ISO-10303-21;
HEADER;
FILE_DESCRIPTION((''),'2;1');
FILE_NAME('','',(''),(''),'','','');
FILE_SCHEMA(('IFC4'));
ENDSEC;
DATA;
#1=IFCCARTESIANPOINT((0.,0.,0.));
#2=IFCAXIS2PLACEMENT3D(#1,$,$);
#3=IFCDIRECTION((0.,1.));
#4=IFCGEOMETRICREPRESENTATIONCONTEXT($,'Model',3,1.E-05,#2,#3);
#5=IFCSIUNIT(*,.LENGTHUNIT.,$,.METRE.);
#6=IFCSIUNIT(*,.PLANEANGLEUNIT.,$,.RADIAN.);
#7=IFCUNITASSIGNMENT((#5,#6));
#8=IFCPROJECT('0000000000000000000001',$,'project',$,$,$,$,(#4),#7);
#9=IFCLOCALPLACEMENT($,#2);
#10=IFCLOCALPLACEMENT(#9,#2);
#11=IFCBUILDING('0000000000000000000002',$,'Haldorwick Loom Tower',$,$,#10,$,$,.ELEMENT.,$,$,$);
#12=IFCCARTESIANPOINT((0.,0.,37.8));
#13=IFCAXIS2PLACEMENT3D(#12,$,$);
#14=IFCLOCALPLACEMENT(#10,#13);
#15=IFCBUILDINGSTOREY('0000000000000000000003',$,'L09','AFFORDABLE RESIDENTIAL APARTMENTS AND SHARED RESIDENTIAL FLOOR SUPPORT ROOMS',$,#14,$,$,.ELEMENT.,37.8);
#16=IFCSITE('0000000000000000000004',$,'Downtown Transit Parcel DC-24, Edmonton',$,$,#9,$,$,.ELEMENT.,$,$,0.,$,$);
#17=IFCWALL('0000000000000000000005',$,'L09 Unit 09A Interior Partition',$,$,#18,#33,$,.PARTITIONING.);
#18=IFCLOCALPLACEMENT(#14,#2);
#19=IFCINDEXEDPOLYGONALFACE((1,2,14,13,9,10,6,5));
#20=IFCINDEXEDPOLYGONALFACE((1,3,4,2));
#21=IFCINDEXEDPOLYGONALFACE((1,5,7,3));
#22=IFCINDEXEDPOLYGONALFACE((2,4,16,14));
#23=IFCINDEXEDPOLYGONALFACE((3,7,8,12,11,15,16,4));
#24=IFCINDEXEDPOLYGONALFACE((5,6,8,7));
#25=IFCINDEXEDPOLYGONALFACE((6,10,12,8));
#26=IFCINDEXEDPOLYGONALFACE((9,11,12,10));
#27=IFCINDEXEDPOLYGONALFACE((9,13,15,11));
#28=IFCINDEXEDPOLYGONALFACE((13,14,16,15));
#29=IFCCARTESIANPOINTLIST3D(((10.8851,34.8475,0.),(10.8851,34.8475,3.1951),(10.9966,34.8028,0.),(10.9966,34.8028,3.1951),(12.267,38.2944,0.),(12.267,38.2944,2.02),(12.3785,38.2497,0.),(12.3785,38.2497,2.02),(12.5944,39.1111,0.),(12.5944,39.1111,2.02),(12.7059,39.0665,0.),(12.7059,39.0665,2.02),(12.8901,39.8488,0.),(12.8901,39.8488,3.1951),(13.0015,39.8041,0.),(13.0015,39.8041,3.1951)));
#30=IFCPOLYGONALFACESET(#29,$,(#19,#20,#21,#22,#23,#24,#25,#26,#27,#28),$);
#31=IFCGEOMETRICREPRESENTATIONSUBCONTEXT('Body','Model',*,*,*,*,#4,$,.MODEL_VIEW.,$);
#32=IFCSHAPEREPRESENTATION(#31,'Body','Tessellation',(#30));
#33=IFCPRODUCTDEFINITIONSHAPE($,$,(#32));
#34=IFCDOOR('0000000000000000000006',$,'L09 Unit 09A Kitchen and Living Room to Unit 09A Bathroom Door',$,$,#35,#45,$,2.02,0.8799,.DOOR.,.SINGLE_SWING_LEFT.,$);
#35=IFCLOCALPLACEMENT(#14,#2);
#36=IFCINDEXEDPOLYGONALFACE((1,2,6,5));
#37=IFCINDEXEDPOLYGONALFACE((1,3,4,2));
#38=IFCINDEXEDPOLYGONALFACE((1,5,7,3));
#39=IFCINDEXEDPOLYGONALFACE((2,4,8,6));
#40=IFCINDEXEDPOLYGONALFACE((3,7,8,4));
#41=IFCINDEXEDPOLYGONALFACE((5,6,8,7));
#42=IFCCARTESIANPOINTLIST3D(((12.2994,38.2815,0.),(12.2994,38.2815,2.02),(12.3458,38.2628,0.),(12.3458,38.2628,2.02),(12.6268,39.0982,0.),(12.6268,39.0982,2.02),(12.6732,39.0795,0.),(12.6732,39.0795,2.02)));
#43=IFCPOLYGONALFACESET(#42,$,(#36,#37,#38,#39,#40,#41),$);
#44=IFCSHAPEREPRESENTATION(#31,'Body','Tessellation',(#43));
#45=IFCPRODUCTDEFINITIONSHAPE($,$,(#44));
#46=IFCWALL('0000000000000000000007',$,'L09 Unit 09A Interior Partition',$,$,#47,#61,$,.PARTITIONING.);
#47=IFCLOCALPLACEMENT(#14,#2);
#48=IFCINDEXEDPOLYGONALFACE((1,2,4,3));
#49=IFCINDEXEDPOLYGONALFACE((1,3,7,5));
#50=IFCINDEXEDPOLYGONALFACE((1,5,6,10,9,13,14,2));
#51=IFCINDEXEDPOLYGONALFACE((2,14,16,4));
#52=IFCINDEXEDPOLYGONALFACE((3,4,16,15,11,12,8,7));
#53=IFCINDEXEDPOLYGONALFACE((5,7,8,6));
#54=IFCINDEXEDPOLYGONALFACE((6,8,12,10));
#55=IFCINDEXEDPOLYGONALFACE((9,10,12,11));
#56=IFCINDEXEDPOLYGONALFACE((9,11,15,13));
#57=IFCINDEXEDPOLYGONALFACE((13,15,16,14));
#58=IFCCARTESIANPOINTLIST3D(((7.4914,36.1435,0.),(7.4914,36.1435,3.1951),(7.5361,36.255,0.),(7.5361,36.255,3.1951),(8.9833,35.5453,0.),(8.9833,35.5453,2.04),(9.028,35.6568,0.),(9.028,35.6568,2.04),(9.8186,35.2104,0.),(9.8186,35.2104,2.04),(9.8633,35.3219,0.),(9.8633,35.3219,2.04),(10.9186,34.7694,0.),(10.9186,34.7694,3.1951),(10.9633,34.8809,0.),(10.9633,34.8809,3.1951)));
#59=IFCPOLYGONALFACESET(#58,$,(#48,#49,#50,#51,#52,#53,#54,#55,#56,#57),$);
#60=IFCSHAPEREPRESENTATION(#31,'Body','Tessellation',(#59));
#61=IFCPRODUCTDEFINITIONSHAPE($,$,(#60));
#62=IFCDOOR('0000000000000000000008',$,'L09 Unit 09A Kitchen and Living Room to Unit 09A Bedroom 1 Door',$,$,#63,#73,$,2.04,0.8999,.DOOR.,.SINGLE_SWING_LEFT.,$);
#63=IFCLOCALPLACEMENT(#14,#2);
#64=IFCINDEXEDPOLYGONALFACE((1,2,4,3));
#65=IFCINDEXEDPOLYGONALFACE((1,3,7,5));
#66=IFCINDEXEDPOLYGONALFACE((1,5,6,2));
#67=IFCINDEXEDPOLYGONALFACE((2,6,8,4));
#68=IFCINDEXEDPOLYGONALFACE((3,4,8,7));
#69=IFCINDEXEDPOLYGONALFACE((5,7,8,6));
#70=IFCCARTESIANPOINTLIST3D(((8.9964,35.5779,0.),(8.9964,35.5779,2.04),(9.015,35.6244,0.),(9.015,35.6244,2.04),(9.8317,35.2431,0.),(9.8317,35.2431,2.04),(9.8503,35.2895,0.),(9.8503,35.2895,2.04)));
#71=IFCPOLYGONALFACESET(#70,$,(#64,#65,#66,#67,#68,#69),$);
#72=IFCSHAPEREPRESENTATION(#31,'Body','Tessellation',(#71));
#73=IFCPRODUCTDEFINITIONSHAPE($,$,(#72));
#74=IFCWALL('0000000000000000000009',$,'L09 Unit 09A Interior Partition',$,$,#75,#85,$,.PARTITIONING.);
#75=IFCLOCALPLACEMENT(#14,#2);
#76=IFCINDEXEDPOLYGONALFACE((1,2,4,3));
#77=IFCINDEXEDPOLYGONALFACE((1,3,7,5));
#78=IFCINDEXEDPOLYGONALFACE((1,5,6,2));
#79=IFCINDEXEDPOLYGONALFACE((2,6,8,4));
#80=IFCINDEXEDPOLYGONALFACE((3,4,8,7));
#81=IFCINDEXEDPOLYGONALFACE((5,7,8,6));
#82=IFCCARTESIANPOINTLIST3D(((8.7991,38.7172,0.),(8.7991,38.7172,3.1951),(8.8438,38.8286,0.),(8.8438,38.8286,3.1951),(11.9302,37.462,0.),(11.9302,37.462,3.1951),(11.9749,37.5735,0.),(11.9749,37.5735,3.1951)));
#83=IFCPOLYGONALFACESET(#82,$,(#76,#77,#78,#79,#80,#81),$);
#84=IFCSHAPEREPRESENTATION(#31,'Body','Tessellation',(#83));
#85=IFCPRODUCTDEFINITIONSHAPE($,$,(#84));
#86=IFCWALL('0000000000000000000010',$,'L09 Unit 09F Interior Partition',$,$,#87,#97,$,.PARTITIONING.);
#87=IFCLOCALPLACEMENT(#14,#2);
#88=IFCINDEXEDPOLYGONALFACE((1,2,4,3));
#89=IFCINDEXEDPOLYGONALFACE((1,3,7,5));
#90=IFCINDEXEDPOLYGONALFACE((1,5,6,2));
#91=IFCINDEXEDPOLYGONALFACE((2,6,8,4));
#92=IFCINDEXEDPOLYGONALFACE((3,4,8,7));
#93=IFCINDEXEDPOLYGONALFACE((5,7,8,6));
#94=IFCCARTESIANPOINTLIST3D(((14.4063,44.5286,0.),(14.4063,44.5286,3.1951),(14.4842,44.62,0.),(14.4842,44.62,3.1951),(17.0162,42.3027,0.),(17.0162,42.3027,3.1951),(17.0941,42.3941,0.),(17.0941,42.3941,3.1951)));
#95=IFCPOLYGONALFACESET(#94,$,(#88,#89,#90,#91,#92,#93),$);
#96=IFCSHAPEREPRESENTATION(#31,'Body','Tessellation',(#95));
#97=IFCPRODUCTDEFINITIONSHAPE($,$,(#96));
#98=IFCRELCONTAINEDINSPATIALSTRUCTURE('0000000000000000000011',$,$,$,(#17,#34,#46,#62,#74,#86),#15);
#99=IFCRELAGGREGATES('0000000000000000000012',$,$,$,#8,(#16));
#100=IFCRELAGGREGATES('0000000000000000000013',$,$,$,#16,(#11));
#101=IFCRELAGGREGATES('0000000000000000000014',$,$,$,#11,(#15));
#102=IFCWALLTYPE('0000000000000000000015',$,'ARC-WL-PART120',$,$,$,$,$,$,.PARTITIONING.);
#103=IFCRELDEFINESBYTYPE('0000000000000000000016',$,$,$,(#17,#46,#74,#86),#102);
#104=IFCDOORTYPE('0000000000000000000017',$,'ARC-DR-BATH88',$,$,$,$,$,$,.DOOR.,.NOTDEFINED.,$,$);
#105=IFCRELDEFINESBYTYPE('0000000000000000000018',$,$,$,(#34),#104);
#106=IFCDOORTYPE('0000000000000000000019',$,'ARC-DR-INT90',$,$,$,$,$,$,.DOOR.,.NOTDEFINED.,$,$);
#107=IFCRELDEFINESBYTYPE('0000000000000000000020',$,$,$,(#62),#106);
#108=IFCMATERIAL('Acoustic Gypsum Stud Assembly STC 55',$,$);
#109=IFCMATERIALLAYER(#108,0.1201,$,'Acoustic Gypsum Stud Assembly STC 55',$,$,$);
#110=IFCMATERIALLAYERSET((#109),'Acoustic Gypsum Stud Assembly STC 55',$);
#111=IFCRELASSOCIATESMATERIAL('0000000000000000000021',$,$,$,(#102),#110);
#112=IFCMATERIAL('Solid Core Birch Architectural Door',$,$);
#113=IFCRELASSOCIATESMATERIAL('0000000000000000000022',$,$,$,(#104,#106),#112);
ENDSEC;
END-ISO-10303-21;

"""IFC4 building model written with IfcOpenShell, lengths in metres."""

from ifc_helpers import new_model, si_unit, direction, frame, frame_2d, origin, place, context, subcontext, project, spatial, rectangle, extrude, material, layer, layer_set, type_object, element, fill, save


model = new_model("IFC4")

# Units and contexts
model_context = context("Model", 3, precision=1e-05, world=origin(), true_north=direction((0.0, 1.0)))
body_context = subcontext(model_context, "Body", "Model", "MODEL_VIEW")
ifc_project = project(units=[si_unit("LENGTHUNIT", "METRE"), si_unit("PLANEANGLEUNIT", "RADIAN")], contexts=[model_context])

# Site, building, storey
site_placement = place(None, origin())
site = spatial("IfcSite", under=ifc_project, at=site_placement, Name="Downtown Transit Parcel DC-24, Edmonton", CompositionType="ELEMENT", RefElevation=0.0)
building_placement = place(site_placement, origin())
building = spatial("IfcBuilding", under=site, at=building_placement, Name="Haldorwick Loom Tower", CompositionType="ELEMENT")
storey_placement = place(building_placement, frame((0.0, 0.0, 37.8)))
storey = spatial("IfcBuildingStorey", under=building, at=storey_placement, Name="L09", Description="AFFORDABLE RESIDENTIAL APARTMENTS AND SHARED RESIDENTIAL FLOOR SUPPORT ROOMS", CompositionType="ELEMENT", Elevation=37.8)

# Shared definitions
ifc_material_1 = material(Name="Acoustic Gypsum Stud Assembly STC 55")
ifc_layer_1 = layer(ifc_material_1, 0.1201, Name="Acoustic Gypsum Stud Assembly STC 55")
ifc_layer_set_1 = layer_set([ifc_layer_1], Name="Acoustic Gypsum Stud Assembly STC 55")
wall_type_1 = type_object("IfcWallType", Name="ARC-WL-PART120", PredefinedType="PARTITIONING", material=ifc_layer_set_1)

# Walls, openings, doors
wall_1_placement = place(storey_placement, frame((12.9458, 39.8264, 0.0), z_axis=(0.0, 0.0, 1.0), x_axis=(-0.372094, -0.928195, 0.0)))
wall_1 = element("IfcWall", 1, at=wall_1_placement, inside=storey, type_object=wall_type_1, Name="L09 Unit 09A Interior Partition", PredefinedType="PARTITIONING", context=body_context, shape_type="SweptSolid", body=[
    extrude(rectangle(XDim=5.3882, YDim=0.1201, at=frame_2d((2.6941, 0.0))), origin(), (0.0, 0.0, 1.0), 3.1951),
])
opening_1_placement = place(wall_1_placement, frame((0.7947, 0.0, 0.0)))
opening_1 = element("IfcOpeningElement", 2, at=opening_1_placement, cuts=wall_1, PredefinedType="OPENING", context=body_context, shape_type="SweptSolid", body=[
    extrude(rectangle(XDim=0.8799, YDim=2.02, at=frame_2d((0.4399, 1.01))), frame((0.0, 0.0701, 0.0), z_axis=(0.0, -1.0, 0.0), x_axis=(1.0, 0.0, 0.0)), (0.0, 0.0, 1.0), 0.1401),
])
ifc_material_2 = material(Name="Solid Core Birch Architectural Door")
door_type_1 = type_object("IfcDoorType", Name="ARC-DR-BATH88", OperationType="NOTDEFINED", PredefinedType="DOOR", material=ifc_material_2)
door_1_placement = place(opening_1_placement, origin())
door_1 = element("IfcDoor", 3, at=door_1_placement, inside=storey, type_object=door_type_1, Name="L09 Unit 09A Kitchen and Living Room to Unit 09A Bathroom Door", OperationType="SINGLE_SWING_LEFT", OverallHeight=2.02, OverallWidth=0.8799, PredefinedType="DOOR", context=body_context, shape_type="SweptSolid", body=[
    extrude(rectangle(XDim=0.8799, YDim=2.02, at=frame_2d((0.4399, 1.01))), frame((0.0, 0.0249, 0.0), z_axis=(0.0, -1.0, 0.0), x_axis=(1.0, 0.0, 0.0)), (0.0, 0.0, 1.0), 0.05),
])
fill(opening_1, door_1)
wall_2_placement = place(storey_placement, frame((10.9409, 34.8252, 0.0), z_axis=(0.0, 0.0, 1.0), x_axis=(-0.928185, 0.37212, 0.0)))
wall_2 = element("IfcWall", 4, at=wall_2_placement, inside=storey, type_object=wall_type_1, Name="L09 Unit 09A Interior Partition", PredefinedType="PARTITIONING", context=body_context, shape_type="SweptSolid", body=[
    extrude(rectangle(XDim=3.6924, YDim=0.1201, at=frame_2d((1.8462, 0.0))), origin(), (0.0, 0.0, 1.0), 3.1951),
])
opening_2_placement = place(wall_2_placement, frame((1.1851, 0.0, 0.0)))
opening_2 = element("IfcOpeningElement", 5, at=opening_2_placement, cuts=wall_2, PredefinedType="OPENING", context=body_context, shape_type="SweptSolid", body=[
    extrude(rectangle(XDim=0.8999, YDim=2.04, at=frame_2d((0.45, 1.02))), frame((0.0, 0.0701, 0.0), z_axis=(0.0, -1.0, 0.0), x_axis=(1.0, 0.0, 0.0)), (0.0, 0.0, 1.0), 0.1401),
])
door_type_2 = type_object("IfcDoorType", Name="ARC-DR-INT90", OperationType="NOTDEFINED", PredefinedType="DOOR", material=ifc_material_2)
door_2_placement = place(opening_2_placement, origin())
door_2 = element("IfcDoor", 6, at=door_2_placement, inside=storey, type_object=door_type_2, Name="L09 Unit 09A Kitchen and Living Room to Unit 09A Bedroom 1 Door", OperationType="SINGLE_SWING_LEFT", OverallHeight=2.04, OverallWidth=0.8999, PredefinedType="DOOR", context=body_context, shape_type="SweptSolid", body=[
    extrude(rectangle(XDim=0.8999, YDim=2.04, at=frame_2d((0.45, 1.02))), frame((0.0, 0.0249, 0.0), z_axis=(0.0, -1.0, 0.0), x_axis=(1.0, 0.0, 0.0)), (0.0, 0.0, 1.0), 0.05),
])
fill(opening_2, door_2)

# Walls
wall_3_placement = place(storey_placement, frame((11.9524, 37.5178, 0.0), z_axis=(0.0, 0.0, 1.0), x_axis=(-0.928202, 0.372077, 0.0)))
element("IfcWall", 7, at=wall_3_placement, inside=storey, type_object=wall_type_1, Name="L09 Unit 09A Interior Partition", PredefinedType="PARTITIONING", context=body_context, shape_type="SweptSolid", body=[
    extrude(rectangle(XDim=3.3733, YDim=0.1201, at=frame_2d((1.6865, 0.0))), origin(), (0.0, 0.0, 1.0), 3.1951),
])
wall_4_placement = place(storey_placement, frame((17.0552, 42.3484, 0.0), z_axis=(0.0, 0.0, 1.0), x_axis=(-0.760867, 0.648908, 0.0)))
element("IfcWall", 8, at=wall_4_placement, inside=storey, type_object=wall_type_1, Name="L09 Unit 09F Interior Partition", PredefinedType="PARTITIONING", context=body_context, shape_type="SweptSolid", body=[
    extrude(rectangle(XDim=3.4302, YDim=0.1201, at=frame_2d((1.7151, 0.0))), origin(), (0.0, 0.0, 1.0), 3.1951),
])

save(model, "model.ifc")
